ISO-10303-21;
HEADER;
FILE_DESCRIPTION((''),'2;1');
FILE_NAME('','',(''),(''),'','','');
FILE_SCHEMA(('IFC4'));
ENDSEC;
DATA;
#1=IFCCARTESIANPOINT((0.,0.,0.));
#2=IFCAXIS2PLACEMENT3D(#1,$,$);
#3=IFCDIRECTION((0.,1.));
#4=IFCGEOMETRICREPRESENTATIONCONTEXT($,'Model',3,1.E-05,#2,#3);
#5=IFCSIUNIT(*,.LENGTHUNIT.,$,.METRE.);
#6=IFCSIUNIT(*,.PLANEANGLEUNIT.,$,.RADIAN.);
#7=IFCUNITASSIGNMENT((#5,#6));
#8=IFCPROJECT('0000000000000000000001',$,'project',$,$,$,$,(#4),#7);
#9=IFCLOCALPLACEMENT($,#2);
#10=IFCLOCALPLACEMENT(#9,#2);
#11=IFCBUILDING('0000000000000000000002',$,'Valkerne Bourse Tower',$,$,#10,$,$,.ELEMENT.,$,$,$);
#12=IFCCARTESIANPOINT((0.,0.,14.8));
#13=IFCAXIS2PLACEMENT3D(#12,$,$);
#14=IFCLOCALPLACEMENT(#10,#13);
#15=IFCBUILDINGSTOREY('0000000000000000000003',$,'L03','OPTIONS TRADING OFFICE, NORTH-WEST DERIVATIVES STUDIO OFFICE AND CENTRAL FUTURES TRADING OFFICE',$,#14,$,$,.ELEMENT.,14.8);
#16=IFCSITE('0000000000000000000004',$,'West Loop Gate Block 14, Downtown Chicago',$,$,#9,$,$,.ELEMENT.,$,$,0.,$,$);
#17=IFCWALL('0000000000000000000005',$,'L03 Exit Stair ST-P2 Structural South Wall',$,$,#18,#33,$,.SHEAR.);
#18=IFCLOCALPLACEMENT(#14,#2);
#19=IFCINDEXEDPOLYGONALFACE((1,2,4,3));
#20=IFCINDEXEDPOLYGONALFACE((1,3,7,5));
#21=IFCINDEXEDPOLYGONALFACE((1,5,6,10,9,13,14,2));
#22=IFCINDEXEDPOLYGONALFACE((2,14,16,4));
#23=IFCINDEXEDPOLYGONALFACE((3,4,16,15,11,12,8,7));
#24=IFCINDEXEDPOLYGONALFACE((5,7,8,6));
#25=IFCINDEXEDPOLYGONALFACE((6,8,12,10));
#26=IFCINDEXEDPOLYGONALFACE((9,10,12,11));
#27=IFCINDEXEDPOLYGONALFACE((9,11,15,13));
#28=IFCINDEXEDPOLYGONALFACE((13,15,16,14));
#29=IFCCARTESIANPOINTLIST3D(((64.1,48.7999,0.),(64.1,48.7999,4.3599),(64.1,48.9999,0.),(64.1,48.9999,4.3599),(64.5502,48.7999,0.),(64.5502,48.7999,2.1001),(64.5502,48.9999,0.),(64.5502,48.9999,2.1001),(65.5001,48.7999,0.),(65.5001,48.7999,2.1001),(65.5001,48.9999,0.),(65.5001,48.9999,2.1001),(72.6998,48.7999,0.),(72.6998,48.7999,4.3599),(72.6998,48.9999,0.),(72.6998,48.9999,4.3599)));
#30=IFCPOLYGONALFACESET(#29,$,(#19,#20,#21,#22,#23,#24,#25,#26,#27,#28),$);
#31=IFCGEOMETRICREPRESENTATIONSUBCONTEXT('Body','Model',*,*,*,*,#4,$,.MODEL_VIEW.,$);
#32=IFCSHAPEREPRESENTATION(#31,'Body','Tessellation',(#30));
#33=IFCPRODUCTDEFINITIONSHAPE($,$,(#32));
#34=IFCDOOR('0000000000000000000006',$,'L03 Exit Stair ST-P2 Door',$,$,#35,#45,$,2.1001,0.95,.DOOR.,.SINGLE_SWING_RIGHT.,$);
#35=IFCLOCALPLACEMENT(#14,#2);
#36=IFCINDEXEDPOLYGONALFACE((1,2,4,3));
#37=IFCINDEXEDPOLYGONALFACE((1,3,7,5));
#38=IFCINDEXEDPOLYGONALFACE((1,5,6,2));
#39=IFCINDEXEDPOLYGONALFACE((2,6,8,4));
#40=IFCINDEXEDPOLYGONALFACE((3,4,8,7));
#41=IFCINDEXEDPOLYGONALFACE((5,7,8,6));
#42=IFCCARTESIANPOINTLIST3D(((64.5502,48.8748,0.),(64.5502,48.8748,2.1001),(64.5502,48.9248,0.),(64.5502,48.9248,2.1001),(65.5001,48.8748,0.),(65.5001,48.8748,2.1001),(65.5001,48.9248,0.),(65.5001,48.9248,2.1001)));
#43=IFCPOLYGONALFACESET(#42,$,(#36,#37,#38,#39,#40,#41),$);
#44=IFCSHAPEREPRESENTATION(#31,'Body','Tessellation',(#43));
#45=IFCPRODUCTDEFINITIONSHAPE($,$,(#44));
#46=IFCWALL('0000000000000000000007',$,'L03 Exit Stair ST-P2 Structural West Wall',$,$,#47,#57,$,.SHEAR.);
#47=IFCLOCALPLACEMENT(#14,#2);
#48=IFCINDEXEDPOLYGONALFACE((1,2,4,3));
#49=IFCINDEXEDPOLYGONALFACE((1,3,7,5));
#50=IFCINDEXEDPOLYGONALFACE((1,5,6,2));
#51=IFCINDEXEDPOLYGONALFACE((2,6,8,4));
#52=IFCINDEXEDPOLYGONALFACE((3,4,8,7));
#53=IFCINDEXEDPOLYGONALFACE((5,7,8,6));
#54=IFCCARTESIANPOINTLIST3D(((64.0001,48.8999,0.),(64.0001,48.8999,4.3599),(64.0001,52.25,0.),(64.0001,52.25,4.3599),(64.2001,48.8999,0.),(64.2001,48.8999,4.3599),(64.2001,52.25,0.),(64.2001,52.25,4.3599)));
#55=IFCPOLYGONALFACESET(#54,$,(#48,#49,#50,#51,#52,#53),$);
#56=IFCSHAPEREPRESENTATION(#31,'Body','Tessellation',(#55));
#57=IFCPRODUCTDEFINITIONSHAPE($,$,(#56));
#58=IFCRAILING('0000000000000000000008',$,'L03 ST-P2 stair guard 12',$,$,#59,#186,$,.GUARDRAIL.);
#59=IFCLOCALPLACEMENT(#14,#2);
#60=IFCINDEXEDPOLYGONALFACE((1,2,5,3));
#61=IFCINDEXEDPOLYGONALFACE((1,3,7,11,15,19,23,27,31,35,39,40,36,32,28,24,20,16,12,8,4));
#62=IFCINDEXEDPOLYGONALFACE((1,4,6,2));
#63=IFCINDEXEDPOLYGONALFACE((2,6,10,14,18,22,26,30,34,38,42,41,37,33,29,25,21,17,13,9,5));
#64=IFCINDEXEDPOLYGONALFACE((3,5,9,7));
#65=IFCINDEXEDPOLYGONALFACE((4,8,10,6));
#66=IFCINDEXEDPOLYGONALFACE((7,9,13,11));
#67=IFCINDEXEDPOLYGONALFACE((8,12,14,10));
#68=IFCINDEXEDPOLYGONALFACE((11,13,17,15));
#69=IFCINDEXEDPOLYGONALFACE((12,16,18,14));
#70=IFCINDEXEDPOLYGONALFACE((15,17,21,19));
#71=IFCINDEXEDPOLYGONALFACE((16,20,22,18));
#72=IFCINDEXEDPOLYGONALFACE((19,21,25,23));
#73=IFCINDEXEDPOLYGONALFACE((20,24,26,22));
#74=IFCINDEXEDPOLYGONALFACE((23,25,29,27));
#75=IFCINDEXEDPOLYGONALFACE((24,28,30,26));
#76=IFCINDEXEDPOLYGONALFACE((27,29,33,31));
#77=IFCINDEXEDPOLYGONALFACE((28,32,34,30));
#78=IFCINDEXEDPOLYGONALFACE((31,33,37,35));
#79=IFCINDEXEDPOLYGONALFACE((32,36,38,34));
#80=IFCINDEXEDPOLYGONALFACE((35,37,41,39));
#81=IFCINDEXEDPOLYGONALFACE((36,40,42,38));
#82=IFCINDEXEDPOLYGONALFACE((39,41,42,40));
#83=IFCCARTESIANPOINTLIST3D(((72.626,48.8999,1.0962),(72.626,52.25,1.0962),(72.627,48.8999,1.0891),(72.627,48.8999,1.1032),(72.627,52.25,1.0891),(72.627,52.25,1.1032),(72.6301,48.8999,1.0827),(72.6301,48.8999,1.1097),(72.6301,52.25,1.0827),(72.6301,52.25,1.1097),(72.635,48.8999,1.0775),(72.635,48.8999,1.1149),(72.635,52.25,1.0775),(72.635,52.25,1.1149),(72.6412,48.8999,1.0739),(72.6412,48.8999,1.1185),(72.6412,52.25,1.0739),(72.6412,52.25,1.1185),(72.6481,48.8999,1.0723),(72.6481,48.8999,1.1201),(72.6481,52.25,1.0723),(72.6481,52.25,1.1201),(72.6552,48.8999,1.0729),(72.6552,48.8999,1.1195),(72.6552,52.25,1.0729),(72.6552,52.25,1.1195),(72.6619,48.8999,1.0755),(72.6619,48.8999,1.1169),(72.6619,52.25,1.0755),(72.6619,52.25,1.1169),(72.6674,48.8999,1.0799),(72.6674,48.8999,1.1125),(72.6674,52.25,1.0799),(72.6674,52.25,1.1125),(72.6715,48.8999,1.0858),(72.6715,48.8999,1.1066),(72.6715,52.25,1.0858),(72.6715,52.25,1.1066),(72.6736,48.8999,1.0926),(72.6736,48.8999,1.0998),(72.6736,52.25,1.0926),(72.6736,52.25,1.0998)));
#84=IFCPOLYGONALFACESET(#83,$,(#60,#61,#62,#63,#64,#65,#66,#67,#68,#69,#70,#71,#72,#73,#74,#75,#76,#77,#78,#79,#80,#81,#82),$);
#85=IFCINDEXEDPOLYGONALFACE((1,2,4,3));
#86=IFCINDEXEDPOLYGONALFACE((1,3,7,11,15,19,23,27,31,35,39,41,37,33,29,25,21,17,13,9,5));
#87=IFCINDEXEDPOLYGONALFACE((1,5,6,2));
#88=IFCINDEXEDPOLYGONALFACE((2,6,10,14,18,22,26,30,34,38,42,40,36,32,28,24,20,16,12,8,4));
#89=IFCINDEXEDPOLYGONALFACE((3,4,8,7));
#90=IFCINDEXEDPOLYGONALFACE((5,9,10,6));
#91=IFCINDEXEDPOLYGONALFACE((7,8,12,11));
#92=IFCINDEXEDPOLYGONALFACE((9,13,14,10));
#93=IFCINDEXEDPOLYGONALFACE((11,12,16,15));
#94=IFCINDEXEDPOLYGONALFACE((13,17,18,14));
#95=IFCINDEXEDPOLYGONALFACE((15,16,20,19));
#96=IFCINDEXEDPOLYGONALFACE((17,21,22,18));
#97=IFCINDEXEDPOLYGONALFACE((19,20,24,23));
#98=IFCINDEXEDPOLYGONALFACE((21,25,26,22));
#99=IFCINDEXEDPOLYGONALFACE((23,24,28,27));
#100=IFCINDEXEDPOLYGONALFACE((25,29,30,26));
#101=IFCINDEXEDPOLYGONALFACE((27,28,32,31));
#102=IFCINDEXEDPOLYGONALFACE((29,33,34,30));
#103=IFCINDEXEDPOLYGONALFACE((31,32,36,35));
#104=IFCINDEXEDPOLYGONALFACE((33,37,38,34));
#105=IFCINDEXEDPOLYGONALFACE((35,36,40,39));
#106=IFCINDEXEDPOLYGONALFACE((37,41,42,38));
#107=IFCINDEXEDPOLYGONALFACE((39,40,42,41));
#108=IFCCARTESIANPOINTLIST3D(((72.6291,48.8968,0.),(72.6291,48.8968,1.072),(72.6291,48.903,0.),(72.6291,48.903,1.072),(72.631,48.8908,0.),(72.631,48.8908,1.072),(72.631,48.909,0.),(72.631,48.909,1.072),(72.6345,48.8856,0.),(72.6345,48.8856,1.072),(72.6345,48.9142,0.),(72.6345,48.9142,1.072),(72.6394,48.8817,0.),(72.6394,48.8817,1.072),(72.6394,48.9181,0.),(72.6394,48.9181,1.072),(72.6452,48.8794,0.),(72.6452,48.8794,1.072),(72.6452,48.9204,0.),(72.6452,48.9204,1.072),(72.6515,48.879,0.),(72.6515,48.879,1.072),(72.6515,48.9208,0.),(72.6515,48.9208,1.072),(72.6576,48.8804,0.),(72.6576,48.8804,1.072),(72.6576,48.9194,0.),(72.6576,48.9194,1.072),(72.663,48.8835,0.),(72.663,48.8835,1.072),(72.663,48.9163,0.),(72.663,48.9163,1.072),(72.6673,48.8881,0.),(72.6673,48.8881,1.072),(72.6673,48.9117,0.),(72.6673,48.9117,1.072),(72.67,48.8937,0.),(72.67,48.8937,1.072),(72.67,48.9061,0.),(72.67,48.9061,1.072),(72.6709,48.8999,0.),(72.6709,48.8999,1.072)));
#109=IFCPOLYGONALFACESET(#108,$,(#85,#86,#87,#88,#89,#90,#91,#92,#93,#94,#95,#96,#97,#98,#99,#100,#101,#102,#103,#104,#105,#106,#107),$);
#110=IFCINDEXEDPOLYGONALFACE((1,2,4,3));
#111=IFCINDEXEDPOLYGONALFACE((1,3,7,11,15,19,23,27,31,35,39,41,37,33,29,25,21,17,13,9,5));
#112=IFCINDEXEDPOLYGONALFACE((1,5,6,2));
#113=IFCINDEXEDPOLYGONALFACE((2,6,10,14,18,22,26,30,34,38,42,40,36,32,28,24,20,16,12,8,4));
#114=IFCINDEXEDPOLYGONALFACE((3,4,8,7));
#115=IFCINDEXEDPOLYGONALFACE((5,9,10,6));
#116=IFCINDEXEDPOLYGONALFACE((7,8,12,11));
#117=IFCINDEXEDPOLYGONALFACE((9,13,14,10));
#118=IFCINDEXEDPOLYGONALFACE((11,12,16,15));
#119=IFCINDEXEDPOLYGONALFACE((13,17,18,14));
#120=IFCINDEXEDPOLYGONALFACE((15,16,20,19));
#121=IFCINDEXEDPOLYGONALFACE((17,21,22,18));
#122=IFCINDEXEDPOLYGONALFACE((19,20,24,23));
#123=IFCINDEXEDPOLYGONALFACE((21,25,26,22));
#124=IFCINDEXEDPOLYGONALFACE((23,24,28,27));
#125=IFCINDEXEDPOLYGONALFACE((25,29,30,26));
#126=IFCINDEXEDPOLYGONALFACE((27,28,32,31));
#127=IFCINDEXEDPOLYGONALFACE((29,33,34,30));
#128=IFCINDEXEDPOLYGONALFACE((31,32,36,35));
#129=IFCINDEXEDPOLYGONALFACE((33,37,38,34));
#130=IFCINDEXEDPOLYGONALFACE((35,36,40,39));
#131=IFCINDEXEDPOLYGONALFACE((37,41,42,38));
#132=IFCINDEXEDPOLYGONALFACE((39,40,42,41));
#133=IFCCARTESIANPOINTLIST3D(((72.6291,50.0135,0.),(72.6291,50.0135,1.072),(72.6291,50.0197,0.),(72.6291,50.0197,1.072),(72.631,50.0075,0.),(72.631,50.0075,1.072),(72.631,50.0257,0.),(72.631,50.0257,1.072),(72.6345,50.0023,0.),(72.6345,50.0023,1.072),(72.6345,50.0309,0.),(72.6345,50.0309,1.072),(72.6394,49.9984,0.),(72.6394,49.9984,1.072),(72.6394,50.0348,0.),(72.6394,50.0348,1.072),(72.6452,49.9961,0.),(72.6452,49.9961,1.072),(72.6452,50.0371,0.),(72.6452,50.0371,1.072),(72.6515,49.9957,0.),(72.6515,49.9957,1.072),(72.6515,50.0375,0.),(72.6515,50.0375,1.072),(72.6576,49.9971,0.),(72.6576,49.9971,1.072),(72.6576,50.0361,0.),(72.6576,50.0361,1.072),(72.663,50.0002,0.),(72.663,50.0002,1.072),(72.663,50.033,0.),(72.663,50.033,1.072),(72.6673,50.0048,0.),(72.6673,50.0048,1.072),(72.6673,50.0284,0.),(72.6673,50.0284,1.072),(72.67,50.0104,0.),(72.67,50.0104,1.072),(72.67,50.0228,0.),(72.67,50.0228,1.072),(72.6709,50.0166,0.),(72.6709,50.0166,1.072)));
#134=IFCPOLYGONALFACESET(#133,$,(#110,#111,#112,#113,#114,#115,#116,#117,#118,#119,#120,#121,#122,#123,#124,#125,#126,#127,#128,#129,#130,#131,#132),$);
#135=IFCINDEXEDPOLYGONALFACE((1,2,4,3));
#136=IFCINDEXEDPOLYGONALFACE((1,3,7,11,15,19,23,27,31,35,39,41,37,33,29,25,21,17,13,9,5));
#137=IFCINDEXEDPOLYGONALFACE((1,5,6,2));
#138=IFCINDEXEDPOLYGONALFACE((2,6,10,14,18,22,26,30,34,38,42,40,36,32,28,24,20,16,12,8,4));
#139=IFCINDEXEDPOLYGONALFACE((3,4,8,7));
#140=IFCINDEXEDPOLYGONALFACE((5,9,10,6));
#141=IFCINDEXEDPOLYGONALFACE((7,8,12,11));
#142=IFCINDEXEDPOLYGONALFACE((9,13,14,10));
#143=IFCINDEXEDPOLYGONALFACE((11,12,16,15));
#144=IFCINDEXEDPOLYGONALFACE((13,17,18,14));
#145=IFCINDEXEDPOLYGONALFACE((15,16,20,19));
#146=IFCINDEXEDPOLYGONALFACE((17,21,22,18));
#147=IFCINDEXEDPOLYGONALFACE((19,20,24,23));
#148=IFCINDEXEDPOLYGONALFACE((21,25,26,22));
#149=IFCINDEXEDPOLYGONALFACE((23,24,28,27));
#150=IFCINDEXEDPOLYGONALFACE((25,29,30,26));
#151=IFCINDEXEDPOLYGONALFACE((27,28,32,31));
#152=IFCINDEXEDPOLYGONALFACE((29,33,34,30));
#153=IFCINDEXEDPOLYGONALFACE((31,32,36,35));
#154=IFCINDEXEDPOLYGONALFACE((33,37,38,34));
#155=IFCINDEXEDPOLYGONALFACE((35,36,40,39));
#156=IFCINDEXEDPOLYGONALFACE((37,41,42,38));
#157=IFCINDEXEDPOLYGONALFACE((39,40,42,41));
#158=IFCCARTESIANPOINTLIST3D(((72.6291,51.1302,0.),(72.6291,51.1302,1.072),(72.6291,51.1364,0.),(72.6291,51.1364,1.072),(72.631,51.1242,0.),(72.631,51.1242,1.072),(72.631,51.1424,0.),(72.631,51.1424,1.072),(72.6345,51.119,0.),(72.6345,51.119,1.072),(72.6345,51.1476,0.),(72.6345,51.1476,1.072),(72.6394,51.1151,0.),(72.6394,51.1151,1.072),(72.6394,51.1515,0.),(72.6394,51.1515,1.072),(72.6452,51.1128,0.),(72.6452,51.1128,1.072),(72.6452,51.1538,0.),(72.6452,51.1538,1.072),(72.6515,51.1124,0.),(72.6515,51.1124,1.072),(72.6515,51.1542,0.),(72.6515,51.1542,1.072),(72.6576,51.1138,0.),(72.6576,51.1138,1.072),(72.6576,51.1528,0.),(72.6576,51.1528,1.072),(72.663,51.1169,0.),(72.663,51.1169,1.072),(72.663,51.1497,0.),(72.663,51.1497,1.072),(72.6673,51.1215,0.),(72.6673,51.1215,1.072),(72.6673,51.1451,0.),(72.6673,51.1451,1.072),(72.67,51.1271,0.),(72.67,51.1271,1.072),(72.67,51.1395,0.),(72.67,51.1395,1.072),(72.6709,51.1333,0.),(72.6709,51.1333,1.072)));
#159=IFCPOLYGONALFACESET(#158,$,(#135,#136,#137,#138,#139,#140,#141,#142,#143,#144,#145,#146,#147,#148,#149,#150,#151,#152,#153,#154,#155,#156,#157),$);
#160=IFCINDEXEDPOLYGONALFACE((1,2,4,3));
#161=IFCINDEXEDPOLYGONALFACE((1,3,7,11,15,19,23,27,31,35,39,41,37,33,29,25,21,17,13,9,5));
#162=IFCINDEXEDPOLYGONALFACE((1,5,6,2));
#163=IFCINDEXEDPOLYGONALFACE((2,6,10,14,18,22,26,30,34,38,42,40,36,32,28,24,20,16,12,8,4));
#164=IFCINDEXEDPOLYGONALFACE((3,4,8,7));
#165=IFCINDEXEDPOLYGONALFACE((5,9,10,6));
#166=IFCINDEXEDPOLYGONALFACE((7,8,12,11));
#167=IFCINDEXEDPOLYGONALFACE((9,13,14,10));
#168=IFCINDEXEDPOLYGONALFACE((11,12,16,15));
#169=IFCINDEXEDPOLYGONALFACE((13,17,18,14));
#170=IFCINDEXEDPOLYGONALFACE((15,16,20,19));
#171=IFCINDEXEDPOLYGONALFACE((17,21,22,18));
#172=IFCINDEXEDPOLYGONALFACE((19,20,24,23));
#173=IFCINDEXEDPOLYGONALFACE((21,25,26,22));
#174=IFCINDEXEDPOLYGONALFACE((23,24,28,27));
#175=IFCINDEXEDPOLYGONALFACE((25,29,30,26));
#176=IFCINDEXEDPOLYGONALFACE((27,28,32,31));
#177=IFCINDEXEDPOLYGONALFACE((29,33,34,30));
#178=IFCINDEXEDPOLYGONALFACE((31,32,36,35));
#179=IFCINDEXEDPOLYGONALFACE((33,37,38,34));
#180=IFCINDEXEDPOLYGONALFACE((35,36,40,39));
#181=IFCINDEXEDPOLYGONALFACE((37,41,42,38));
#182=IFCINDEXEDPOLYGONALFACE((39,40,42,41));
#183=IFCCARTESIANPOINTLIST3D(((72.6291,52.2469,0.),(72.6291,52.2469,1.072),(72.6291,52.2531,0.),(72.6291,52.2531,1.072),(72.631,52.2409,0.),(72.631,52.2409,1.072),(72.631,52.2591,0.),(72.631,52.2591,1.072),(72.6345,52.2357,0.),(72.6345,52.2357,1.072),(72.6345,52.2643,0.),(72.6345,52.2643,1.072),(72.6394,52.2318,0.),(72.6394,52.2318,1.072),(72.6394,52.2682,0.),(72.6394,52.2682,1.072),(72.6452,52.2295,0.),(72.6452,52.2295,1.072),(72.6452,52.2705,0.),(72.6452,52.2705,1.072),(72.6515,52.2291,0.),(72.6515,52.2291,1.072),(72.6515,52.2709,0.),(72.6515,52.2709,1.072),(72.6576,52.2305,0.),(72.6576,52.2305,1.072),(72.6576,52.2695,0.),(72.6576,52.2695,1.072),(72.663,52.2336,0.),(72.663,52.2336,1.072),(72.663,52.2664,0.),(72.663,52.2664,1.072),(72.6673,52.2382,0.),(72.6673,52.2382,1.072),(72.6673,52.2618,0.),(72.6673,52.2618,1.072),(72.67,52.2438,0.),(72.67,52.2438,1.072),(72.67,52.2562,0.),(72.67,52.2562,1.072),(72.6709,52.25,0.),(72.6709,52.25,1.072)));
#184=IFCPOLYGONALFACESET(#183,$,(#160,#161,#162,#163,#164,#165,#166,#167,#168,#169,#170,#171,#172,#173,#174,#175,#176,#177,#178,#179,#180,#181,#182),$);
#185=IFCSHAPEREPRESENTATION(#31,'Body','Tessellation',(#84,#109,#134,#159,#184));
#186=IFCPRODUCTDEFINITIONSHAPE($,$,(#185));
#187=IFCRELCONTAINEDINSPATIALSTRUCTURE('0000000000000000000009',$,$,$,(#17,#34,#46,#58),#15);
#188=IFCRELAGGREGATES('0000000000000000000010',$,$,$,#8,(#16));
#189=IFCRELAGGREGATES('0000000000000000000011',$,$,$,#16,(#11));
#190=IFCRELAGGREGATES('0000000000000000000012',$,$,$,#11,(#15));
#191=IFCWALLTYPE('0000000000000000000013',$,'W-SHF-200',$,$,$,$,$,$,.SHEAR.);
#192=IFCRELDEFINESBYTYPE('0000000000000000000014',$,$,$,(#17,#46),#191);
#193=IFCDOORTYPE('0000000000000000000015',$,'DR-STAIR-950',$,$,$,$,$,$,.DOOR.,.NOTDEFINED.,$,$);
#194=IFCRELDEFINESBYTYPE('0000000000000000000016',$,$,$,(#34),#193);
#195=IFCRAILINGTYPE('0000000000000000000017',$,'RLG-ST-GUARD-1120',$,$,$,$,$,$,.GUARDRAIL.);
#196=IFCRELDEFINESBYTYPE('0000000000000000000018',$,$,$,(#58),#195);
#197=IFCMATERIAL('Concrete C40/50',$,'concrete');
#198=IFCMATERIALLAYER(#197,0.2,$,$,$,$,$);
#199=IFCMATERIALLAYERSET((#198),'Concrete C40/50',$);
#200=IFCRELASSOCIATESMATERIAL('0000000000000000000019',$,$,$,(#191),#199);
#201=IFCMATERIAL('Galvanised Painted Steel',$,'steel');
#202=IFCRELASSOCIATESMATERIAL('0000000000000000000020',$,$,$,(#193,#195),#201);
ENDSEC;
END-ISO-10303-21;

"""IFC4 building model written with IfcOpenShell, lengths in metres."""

from ifc_helpers import new_model, si_unit, direction, frame, frame_2d, origin, origin_2d, place, context, subcontext, project, spatial, rectangle, circle, extrude, material, layer, layer_set, type_object, element, fill, save


model = new_model("IFC4")

# Units and contexts
model_context = context("Model", 3, precision=1e-05, world=origin(), true_north=direction((0.0, 1.0)))
body_context = subcontext(model_context, "Body", "Model", "MODEL_VIEW")
ifc_project = project(units=[si_unit("LENGTHUNIT", "METRE"), si_unit("PLANEANGLEUNIT", "RADIAN")], contexts=[model_context])

# Site, building, storey
site_placement = place(None, origin())
site = spatial("IfcSite", under=ifc_project, at=site_placement, Name="West Loop Gate Block 14, Downtown Chicago", CompositionType="ELEMENT", RefElevation=0.0)
building_placement = place(site_placement, origin())
building = spatial("IfcBuilding", under=site, at=building_placement, Name="Valkerne Bourse Tower", CompositionType="ELEMENT")
storey_placement = place(building_placement, frame((0.0, 0.0, 14.8)))
storey = spatial("IfcBuildingStorey", under=building, at=storey_placement, Name="L03", Description="OPTIONS TRADING OFFICE, NORTH-WEST DERIVATIVES STUDIO OFFICE AND CENTRAL FUTURES TRADING OFFICE", CompositionType="ELEMENT", Elevation=14.8)

# Wall, opening, door
ifc_material_1 = material(Name="Galvanised Painted Steel", Category="steel")
ifc_material_2 = material(Name="Concrete C40/50", Category="concrete")
ifc_layer_1 = layer(ifc_material_2, 0.2)
ifc_layer_set_1 = layer_set([ifc_layer_1], Name="Concrete C40/50")
wall_type_1 = type_object("IfcWallType", Name="W-SHF-200", PredefinedType="SHEAR", material=ifc_layer_set_1)
wall_1_placement = place(storey_placement, frame((64.1001, 48.8999, 0.0), z_axis=(0.0, 0.0, 1.0), x_axis=(1.0, 0.0, 0.0)))
wall_1 = element("IfcWall", 1, at=wall_1_placement, inside=storey, type_object=wall_type_1, Name="L03 Exit Stair ST-P2 Structural South Wall", PredefinedType="SHEAR", context=body_context, shape_type="SweptSolid", body=[
    extrude(rectangle(XDim=8.5999, YDim=0.2, at=frame_2d((4.2998, 0.0))), origin(), (0.0, 0.0, 1.0), 4.3599),
])
opening_1_placement = place(wall_1_placement, frame((0.45, 0.0, 0.0)))
opening_1 = element("IfcOpeningElement", 2, at=opening_1_placement, cuts=wall_1, PredefinedType="OPENING", context=body_context, shape_type="SweptSolid", body=[
    extrude(rectangle(XDim=0.95, YDim=2.1001, at=frame_2d((0.4751, 1.05))), frame((0.0, 0.1099, 0.0), z_axis=(0.0, -1.0, 0.0), x_axis=(1.0, 0.0, 0.0)), (0.0, 0.0, 1.0), 0.22),
])
door_type_1 = type_object("IfcDoorType", Name="DR-STAIR-950", OperationType="NOTDEFINED", PredefinedType="DOOR", material=ifc_material_1)
door_1_placement = place(opening_1_placement, origin())
door_1 = element("IfcDoor", 3, at=door_1_placement, inside=storey, type_object=door_type_1, Name="L03 Exit Stair ST-P2 Door", OperationType="SINGLE_SWING_RIGHT", OverallHeight=2.1001, OverallWidth=0.95, PredefinedType="DOOR", context=body_context, shape_type="SweptSolid", body=[
    extrude(rectangle(XDim=0.95, YDim=2.1001, at=frame_2d((0.4751, 1.05))), frame((0.0, 0.0249, 0.0), z_axis=(0.0, -1.0, 0.0), x_axis=(1.0, 0.0, 0.0)), (0.0, 0.0, 1.0), 0.05),
])
fill(opening_1, door_1)

# Wall
wall_2_placement = place(storey_placement, frame((64.1001, 48.8999, 0.0), z_axis=(0.0, 0.0, 1.0), x_axis=(0.0, 1.0, 0.0)))
element("IfcWall", 4, at=wall_2_placement, inside=storey, type_object=wall_type_1, Name="L03 Exit Stair ST-P2 Structural West Wall", PredefinedType="SHEAR", context=body_context, shape_type="SweptSolid", body=[
    extrude(rectangle(XDim=3.3501, YDim=0.2, at=frame_2d((1.675, 0.0))), origin(), (0.0, 0.0, 1.0), 4.3599),
])

# Railing
railing_type = type_object("IfcRailingType", Name="RLG-ST-GUARD-1120", PredefinedType="GUARDRAIL", material=ifc_material_1)
railing_placement = place(storey_placement, frame((72.6499, 48.8999, 0.0)))
element("IfcRailing", 5, at=railing_placement, inside=storey, type_object=railing_type, Name="L03 ST-P2 stair guard 12", PredefinedType="GUARDRAIL", context=body_context, shape_type="SweptSolid", body=[
    extrude(circle(Radius=0.0239, at=origin_2d()), frame((0.0, 0.0, 1.0962), z_axis=(0.0, 1.0, 0.0), x_axis=(-1.0, 0.0, 0.0)), (0.0, 0.0, 1.0), 3.3501),
    extrude(circle(Radius=0.021, at=origin_2d()), origin(), (0.0, 0.0, 1.0), 1.072),
    extrude(circle(Radius=0.021, at=origin_2d()), frame((0.0, 1.1167, 0.0)), (0.0, 0.0, 1.0), 1.072),
    extrude(circle(Radius=0.021, at=origin_2d()), frame((0.0, 2.2334, 0.0)), (0.0, 0.0, 1.0), 1.072),
    extrude(circle(Radius=0.021, at=origin_2d()), frame((0.0, 3.3501, 0.0)), (0.0, 0.0, 1.0), 1.072),
])

save(model, "model.ifc")
